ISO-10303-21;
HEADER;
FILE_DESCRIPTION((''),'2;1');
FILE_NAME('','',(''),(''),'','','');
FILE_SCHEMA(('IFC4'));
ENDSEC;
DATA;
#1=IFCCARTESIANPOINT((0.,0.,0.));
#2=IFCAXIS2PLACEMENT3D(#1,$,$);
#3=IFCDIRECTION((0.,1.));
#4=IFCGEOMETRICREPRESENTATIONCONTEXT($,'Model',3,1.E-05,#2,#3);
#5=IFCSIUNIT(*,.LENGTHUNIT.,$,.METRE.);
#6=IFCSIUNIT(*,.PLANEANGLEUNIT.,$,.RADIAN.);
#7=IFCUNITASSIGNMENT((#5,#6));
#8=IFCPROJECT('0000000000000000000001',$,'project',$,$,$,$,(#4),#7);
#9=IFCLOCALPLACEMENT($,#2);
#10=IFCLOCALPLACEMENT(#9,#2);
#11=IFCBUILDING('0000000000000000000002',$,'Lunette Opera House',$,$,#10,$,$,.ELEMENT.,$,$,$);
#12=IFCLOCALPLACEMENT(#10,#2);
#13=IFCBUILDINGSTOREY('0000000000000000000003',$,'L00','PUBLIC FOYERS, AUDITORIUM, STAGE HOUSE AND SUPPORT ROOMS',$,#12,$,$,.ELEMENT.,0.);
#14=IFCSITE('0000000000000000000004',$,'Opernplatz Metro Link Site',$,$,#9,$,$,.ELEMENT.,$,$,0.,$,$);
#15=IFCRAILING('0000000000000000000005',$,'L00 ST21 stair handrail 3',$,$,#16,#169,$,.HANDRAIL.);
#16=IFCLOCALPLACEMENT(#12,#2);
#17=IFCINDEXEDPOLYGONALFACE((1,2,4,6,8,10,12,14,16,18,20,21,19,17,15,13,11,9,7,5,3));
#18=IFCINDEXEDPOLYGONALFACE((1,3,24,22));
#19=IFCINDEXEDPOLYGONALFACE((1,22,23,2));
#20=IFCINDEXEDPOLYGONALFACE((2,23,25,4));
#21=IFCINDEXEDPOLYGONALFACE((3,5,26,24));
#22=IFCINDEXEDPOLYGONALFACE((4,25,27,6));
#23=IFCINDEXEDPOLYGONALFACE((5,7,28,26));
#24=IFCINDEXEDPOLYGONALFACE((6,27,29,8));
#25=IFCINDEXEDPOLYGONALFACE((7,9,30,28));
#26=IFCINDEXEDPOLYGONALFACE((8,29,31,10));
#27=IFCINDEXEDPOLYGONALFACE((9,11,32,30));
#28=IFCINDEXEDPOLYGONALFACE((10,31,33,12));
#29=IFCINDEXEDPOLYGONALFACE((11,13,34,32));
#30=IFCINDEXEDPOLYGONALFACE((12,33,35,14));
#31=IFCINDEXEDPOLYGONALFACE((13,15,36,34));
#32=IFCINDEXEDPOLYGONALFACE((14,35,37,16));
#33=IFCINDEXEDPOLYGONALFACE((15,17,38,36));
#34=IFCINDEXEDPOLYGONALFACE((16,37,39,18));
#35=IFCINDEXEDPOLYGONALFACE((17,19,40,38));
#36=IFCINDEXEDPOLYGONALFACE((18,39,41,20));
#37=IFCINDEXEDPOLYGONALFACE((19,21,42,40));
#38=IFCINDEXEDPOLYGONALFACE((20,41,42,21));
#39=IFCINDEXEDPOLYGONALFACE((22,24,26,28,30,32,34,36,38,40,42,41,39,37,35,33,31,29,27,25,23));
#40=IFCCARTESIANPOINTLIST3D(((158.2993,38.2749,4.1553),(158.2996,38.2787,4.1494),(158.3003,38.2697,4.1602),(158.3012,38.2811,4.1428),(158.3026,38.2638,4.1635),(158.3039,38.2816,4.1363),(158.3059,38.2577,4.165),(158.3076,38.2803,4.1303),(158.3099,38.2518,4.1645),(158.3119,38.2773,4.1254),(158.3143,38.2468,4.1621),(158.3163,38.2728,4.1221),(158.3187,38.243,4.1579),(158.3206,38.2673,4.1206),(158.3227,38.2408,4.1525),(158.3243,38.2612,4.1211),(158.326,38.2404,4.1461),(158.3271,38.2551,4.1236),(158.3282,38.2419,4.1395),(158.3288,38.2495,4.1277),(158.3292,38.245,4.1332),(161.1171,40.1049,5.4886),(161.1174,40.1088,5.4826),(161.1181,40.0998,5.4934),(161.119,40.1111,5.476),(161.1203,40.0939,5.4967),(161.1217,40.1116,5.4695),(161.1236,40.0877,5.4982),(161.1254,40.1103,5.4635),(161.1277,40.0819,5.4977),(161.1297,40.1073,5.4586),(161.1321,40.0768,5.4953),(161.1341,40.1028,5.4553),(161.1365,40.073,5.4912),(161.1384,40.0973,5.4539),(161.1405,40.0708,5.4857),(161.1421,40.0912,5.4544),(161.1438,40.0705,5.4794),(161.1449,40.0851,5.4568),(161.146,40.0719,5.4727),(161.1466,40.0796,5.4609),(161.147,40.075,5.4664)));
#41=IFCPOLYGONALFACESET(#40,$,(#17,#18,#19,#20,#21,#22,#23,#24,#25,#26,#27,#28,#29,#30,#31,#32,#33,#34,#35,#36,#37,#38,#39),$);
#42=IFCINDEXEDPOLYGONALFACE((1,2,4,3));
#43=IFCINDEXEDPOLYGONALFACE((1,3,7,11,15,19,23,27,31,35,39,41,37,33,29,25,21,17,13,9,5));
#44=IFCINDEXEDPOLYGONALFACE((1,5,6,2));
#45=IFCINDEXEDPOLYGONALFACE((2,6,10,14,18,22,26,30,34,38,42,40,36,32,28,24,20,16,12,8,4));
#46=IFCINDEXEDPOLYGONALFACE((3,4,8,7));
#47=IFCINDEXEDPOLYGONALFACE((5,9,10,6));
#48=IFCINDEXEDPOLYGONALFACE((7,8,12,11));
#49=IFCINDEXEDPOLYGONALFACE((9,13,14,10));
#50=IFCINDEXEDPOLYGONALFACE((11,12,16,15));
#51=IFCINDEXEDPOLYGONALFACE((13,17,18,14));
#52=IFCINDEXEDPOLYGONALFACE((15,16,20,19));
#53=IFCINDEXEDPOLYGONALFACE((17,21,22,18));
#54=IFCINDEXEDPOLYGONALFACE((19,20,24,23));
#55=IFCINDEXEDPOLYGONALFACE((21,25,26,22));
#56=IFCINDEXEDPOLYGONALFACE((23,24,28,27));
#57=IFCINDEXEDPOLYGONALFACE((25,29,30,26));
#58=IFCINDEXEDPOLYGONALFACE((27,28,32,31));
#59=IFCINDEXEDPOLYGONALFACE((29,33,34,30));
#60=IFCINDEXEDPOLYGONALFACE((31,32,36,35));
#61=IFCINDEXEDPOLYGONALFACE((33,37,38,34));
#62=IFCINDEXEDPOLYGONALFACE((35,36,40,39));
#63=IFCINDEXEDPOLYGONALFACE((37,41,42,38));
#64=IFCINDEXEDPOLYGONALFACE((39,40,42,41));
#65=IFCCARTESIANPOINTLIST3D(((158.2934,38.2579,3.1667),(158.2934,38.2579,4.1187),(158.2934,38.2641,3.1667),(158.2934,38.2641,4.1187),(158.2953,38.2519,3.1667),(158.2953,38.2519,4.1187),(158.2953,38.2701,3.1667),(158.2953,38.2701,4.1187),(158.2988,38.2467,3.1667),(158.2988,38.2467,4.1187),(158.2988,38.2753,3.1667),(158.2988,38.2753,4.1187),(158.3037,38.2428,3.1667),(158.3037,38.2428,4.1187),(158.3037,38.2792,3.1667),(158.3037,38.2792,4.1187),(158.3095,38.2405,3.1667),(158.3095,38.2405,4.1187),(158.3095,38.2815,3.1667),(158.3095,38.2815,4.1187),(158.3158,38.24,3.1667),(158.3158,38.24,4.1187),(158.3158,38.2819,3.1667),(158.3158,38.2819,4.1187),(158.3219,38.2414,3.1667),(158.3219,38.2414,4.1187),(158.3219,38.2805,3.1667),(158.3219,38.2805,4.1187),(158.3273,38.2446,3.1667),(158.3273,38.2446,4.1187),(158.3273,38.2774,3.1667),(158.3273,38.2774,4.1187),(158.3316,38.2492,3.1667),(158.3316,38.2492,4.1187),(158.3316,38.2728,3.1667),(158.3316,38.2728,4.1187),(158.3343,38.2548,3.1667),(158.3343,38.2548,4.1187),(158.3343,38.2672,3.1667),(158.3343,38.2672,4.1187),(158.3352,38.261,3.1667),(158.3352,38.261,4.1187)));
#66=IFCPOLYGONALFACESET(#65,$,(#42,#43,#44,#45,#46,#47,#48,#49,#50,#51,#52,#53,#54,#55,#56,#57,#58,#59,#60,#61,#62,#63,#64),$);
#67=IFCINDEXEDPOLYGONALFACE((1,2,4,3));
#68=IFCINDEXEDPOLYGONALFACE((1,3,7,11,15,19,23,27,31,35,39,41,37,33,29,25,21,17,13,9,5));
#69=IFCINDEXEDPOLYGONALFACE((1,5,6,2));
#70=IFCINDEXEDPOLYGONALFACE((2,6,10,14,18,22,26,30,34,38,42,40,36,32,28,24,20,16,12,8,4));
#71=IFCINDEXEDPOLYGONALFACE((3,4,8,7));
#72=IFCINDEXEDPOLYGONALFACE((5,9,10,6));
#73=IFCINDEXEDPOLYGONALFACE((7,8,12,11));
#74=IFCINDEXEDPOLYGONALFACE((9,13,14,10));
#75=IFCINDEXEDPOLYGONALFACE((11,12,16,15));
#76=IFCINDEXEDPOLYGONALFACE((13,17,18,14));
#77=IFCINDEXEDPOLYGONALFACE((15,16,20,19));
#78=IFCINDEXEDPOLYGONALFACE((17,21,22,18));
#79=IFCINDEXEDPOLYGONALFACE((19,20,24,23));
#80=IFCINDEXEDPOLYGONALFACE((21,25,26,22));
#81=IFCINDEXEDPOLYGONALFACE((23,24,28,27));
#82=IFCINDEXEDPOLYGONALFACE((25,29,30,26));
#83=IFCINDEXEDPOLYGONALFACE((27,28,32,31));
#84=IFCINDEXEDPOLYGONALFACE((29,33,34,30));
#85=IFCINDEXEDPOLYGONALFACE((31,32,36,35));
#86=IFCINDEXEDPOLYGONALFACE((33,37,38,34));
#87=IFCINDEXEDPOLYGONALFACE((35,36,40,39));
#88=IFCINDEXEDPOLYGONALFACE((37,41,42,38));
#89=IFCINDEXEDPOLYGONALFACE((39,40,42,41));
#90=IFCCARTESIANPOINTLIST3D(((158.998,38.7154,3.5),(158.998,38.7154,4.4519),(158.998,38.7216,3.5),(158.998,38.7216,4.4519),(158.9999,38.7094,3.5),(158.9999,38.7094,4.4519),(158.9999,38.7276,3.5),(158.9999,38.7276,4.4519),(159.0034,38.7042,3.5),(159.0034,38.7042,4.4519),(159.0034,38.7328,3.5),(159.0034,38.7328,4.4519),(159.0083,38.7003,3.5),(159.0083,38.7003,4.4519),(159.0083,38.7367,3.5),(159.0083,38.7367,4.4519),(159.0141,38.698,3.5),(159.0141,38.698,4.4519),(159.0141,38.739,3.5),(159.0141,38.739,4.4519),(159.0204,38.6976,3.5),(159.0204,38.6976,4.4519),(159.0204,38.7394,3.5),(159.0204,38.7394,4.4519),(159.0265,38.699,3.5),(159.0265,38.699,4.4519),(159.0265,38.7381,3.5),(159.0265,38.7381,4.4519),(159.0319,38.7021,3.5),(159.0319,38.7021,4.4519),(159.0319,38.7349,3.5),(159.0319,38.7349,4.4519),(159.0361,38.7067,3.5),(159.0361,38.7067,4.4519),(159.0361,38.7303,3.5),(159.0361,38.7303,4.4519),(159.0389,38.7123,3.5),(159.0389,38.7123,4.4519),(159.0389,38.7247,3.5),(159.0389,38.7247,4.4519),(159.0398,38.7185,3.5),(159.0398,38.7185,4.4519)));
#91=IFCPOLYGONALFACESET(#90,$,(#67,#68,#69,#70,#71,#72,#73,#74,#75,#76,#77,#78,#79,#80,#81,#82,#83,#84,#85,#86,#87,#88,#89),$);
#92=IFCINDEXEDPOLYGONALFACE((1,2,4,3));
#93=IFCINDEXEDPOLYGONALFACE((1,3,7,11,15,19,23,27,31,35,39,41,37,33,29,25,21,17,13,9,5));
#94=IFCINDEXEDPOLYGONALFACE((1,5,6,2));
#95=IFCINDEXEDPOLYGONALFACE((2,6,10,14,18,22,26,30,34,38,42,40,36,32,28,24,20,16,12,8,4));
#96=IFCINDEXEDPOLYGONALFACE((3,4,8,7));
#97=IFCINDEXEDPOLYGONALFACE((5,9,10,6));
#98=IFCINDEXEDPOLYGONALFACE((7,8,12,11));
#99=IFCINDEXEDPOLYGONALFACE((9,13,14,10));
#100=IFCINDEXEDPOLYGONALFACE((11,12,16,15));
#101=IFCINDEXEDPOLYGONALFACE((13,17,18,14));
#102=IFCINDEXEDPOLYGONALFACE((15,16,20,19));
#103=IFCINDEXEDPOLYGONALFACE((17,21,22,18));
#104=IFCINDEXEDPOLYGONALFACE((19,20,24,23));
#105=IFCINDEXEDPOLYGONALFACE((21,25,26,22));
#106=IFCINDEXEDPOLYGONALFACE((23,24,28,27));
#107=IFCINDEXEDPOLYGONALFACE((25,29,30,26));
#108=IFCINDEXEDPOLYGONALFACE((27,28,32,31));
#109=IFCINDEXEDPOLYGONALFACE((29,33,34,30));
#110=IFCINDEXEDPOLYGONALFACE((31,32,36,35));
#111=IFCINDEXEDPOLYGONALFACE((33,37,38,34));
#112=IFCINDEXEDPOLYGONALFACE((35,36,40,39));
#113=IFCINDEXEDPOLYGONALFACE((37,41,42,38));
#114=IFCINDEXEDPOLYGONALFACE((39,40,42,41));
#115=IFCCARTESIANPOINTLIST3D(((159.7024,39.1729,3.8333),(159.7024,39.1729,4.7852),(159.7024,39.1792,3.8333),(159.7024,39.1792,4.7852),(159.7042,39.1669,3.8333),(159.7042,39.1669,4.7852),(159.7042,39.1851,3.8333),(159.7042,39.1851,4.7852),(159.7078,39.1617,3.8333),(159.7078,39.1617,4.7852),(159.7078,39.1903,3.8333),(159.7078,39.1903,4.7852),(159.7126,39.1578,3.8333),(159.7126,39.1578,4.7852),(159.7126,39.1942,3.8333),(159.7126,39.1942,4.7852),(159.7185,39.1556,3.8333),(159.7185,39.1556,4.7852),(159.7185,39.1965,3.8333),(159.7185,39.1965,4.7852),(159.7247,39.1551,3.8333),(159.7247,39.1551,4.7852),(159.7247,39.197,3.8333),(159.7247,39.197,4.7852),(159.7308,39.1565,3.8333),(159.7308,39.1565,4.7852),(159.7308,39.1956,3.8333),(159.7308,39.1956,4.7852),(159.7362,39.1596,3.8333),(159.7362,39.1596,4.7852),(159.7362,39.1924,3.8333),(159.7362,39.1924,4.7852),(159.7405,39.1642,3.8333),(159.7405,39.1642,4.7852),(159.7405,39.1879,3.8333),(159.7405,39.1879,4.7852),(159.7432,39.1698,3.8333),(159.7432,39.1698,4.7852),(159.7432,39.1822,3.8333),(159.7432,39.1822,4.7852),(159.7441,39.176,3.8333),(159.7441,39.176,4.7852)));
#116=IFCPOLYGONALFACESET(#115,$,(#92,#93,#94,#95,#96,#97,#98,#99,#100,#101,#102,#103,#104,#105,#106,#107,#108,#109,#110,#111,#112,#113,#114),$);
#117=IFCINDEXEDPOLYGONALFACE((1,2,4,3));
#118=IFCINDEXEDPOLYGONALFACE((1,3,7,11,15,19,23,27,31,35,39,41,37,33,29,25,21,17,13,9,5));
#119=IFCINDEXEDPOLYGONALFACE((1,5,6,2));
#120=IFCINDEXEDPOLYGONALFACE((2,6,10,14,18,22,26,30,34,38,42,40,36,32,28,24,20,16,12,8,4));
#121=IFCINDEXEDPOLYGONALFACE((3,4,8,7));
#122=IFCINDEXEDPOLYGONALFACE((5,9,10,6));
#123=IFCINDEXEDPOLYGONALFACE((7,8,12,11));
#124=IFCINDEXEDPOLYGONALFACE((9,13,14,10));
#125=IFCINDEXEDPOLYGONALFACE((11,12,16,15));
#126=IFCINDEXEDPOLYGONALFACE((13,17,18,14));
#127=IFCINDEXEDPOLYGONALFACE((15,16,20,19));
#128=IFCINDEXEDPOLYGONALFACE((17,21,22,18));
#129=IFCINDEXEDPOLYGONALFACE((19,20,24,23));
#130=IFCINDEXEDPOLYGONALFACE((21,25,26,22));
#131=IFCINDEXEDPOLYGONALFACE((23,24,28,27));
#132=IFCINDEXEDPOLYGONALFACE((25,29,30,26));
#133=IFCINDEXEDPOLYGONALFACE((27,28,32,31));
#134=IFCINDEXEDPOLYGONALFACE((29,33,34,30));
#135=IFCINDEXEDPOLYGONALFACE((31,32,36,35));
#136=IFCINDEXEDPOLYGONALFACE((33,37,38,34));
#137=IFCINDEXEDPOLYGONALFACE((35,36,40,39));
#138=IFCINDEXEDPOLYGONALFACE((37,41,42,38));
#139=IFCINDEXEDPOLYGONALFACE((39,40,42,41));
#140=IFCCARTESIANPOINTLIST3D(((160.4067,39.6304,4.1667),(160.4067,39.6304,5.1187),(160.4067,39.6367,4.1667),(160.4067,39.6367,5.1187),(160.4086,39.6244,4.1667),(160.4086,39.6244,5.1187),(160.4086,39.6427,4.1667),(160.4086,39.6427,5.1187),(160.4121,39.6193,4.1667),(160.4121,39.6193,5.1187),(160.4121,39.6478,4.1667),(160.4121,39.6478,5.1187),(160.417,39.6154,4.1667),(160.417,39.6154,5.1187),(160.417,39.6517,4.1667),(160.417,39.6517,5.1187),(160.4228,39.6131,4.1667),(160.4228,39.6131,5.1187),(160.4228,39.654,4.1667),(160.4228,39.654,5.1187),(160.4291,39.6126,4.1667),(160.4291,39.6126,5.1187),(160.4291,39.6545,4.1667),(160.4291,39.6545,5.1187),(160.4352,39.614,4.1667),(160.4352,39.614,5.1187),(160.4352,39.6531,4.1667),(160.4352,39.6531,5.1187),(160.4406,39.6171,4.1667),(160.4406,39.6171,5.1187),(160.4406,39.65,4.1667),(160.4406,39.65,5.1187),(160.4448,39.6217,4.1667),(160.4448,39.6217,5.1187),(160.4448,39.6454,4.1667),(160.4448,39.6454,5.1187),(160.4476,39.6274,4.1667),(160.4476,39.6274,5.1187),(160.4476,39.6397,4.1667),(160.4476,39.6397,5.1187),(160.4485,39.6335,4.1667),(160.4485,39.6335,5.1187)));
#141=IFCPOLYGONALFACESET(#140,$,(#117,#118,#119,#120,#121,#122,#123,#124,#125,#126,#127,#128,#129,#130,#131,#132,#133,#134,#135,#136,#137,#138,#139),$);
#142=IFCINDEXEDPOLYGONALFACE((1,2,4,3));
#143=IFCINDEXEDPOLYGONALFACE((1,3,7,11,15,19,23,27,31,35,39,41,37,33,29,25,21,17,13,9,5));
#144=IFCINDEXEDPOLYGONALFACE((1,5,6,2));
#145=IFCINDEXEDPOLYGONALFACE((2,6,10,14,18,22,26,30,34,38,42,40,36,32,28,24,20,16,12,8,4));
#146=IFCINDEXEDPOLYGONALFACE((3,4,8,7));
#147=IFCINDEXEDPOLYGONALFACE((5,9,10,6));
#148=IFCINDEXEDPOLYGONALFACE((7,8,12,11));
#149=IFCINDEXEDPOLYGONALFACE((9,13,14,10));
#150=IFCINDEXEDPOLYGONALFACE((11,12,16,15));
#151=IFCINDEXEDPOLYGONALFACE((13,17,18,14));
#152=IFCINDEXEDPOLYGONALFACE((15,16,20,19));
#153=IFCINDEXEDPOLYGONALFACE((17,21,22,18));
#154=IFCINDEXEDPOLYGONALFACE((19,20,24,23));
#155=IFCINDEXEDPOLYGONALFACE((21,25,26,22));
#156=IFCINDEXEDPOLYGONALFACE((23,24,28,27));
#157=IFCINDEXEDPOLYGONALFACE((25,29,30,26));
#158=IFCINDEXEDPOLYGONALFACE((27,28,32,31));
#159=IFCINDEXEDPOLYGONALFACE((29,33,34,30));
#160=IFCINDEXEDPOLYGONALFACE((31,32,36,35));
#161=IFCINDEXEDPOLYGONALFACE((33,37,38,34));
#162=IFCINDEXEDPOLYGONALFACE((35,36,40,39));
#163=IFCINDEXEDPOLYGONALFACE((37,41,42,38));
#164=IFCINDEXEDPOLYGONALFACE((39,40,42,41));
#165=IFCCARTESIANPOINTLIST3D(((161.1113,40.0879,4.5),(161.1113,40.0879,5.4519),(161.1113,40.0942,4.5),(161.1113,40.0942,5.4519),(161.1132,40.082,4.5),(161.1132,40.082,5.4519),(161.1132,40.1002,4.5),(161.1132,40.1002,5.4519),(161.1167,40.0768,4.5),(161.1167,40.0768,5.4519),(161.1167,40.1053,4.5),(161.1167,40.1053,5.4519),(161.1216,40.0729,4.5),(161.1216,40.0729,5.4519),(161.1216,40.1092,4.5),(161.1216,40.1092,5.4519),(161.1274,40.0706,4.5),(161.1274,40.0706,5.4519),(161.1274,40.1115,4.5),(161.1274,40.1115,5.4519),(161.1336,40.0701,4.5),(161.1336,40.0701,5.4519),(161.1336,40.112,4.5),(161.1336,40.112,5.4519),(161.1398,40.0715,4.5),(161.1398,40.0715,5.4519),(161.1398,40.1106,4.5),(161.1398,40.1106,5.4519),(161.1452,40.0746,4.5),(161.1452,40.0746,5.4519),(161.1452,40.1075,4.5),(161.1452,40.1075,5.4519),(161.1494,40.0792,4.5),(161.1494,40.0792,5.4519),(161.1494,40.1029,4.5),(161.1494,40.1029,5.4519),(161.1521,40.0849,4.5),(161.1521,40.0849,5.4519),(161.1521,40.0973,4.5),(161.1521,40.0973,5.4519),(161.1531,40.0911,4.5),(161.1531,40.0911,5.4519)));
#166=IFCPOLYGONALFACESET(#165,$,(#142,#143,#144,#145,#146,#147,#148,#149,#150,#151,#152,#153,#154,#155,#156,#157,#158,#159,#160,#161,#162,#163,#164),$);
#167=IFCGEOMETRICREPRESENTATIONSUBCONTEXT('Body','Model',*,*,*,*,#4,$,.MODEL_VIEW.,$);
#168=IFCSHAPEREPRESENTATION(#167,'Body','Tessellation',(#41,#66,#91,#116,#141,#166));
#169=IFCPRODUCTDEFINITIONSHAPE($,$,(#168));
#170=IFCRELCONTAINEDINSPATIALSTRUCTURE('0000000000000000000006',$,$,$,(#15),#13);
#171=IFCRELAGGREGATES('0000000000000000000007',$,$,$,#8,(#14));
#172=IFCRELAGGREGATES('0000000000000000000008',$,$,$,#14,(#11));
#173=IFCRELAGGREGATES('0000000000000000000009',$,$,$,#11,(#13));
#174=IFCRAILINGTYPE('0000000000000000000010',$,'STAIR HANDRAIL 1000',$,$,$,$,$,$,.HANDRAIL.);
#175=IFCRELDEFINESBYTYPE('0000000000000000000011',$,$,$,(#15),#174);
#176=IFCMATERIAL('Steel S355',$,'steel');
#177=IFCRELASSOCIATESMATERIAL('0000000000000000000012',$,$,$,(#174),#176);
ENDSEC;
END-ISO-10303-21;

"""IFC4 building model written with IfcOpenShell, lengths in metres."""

from ifc_helpers import new_model, si_unit, direction, frame, origin, origin_2d, place, context, subcontext, project, spatial, circle, extrude, material, type_object, element, save


model = new_model("IFC4")

# Units and contexts
model_context = context("Model", 3, precision=1e-05, world=origin(), true_north=direction((0.0, 1.0)))
body_context = subcontext(model_context, "Body", "Model", "MODEL_VIEW")
ifc_project = project(units=[si_unit("LENGTHUNIT", "METRE"), si_unit("PLANEANGLEUNIT", "RADIAN")], contexts=[model_context])

# Site, building, storey
site_placement = place(None, origin())
site = spatial("IfcSite", under=ifc_project, at=site_placement, Name="Opernplatz Metro Link Site", CompositionType="ELEMENT", RefElevation=0.0)
building_placement = place(site_placement, origin())
building = spatial("IfcBuilding", under=site, at=building_placement, Name="Lunette Opera House", CompositionType="ELEMENT")
storey_placement = place(building_placement, origin())
storey = spatial("IfcBuildingStorey", under=building, at=storey_placement, Name="L00", Description="PUBLIC FOYERS, AUDITORIUM, STAGE HOUSE AND SUPPORT ROOMS", CompositionType="ELEMENT", Elevation=0.0)

# Railing
ifc_material_1 = material(Name="Steel S355", Category="steel")
railing_type_1 = type_object("IfcRailingType", Name="STAIR HANDRAIL 1000", PredefinedType="HANDRAIL", material=ifc_material_1)
railing_1_placement = place(storey_placement, frame((158.3142, 38.261, 3.1667)))
element("IfcRailing", 1, at=railing_1_placement, inside=storey, type_object=railing_type_1, Name="L00 ST21 stair handrail 3", PredefinedType="HANDRAIL", context=body_context, shape_type="SweptSolid", body=[
    extrude(circle(Radius=0.0239, at=origin_2d()), frame((0.0, 0.0, 0.9761), z_axis=(0.779526, 0.506267, 0.368826), x_axis=(-0.544667, 0.838653, 0.0)), (0.0, 0.0, 1.0), 3.6147),
    extrude(circle(Radius=0.021, at=origin_2d()), origin(), (0.0, 0.0, 1.0), 0.9519),
    extrude(circle(Radius=0.021, at=origin_2d()), frame((0.7046, 0.4575, 0.3333)), (0.0, 0.0, 1.0), 0.9519),
    extrude(circle(Radius=0.021, at=origin_2d()), frame((1.4089, 0.915, 0.6665)), (0.0, 0.0, 1.0), 0.9519),
    extrude(circle(Radius=0.021, at=origin_2d()), frame((2.1133, 1.3726, 1.0)), (0.0, 0.0, 1.0), 0.9519),
    extrude(circle(Radius=0.021, at=origin_2d()), frame((2.8179, 1.8301, 1.3333)), (0.0, 0.0, 1.0), 0.9519),
])

save(model, "model.ifc")
